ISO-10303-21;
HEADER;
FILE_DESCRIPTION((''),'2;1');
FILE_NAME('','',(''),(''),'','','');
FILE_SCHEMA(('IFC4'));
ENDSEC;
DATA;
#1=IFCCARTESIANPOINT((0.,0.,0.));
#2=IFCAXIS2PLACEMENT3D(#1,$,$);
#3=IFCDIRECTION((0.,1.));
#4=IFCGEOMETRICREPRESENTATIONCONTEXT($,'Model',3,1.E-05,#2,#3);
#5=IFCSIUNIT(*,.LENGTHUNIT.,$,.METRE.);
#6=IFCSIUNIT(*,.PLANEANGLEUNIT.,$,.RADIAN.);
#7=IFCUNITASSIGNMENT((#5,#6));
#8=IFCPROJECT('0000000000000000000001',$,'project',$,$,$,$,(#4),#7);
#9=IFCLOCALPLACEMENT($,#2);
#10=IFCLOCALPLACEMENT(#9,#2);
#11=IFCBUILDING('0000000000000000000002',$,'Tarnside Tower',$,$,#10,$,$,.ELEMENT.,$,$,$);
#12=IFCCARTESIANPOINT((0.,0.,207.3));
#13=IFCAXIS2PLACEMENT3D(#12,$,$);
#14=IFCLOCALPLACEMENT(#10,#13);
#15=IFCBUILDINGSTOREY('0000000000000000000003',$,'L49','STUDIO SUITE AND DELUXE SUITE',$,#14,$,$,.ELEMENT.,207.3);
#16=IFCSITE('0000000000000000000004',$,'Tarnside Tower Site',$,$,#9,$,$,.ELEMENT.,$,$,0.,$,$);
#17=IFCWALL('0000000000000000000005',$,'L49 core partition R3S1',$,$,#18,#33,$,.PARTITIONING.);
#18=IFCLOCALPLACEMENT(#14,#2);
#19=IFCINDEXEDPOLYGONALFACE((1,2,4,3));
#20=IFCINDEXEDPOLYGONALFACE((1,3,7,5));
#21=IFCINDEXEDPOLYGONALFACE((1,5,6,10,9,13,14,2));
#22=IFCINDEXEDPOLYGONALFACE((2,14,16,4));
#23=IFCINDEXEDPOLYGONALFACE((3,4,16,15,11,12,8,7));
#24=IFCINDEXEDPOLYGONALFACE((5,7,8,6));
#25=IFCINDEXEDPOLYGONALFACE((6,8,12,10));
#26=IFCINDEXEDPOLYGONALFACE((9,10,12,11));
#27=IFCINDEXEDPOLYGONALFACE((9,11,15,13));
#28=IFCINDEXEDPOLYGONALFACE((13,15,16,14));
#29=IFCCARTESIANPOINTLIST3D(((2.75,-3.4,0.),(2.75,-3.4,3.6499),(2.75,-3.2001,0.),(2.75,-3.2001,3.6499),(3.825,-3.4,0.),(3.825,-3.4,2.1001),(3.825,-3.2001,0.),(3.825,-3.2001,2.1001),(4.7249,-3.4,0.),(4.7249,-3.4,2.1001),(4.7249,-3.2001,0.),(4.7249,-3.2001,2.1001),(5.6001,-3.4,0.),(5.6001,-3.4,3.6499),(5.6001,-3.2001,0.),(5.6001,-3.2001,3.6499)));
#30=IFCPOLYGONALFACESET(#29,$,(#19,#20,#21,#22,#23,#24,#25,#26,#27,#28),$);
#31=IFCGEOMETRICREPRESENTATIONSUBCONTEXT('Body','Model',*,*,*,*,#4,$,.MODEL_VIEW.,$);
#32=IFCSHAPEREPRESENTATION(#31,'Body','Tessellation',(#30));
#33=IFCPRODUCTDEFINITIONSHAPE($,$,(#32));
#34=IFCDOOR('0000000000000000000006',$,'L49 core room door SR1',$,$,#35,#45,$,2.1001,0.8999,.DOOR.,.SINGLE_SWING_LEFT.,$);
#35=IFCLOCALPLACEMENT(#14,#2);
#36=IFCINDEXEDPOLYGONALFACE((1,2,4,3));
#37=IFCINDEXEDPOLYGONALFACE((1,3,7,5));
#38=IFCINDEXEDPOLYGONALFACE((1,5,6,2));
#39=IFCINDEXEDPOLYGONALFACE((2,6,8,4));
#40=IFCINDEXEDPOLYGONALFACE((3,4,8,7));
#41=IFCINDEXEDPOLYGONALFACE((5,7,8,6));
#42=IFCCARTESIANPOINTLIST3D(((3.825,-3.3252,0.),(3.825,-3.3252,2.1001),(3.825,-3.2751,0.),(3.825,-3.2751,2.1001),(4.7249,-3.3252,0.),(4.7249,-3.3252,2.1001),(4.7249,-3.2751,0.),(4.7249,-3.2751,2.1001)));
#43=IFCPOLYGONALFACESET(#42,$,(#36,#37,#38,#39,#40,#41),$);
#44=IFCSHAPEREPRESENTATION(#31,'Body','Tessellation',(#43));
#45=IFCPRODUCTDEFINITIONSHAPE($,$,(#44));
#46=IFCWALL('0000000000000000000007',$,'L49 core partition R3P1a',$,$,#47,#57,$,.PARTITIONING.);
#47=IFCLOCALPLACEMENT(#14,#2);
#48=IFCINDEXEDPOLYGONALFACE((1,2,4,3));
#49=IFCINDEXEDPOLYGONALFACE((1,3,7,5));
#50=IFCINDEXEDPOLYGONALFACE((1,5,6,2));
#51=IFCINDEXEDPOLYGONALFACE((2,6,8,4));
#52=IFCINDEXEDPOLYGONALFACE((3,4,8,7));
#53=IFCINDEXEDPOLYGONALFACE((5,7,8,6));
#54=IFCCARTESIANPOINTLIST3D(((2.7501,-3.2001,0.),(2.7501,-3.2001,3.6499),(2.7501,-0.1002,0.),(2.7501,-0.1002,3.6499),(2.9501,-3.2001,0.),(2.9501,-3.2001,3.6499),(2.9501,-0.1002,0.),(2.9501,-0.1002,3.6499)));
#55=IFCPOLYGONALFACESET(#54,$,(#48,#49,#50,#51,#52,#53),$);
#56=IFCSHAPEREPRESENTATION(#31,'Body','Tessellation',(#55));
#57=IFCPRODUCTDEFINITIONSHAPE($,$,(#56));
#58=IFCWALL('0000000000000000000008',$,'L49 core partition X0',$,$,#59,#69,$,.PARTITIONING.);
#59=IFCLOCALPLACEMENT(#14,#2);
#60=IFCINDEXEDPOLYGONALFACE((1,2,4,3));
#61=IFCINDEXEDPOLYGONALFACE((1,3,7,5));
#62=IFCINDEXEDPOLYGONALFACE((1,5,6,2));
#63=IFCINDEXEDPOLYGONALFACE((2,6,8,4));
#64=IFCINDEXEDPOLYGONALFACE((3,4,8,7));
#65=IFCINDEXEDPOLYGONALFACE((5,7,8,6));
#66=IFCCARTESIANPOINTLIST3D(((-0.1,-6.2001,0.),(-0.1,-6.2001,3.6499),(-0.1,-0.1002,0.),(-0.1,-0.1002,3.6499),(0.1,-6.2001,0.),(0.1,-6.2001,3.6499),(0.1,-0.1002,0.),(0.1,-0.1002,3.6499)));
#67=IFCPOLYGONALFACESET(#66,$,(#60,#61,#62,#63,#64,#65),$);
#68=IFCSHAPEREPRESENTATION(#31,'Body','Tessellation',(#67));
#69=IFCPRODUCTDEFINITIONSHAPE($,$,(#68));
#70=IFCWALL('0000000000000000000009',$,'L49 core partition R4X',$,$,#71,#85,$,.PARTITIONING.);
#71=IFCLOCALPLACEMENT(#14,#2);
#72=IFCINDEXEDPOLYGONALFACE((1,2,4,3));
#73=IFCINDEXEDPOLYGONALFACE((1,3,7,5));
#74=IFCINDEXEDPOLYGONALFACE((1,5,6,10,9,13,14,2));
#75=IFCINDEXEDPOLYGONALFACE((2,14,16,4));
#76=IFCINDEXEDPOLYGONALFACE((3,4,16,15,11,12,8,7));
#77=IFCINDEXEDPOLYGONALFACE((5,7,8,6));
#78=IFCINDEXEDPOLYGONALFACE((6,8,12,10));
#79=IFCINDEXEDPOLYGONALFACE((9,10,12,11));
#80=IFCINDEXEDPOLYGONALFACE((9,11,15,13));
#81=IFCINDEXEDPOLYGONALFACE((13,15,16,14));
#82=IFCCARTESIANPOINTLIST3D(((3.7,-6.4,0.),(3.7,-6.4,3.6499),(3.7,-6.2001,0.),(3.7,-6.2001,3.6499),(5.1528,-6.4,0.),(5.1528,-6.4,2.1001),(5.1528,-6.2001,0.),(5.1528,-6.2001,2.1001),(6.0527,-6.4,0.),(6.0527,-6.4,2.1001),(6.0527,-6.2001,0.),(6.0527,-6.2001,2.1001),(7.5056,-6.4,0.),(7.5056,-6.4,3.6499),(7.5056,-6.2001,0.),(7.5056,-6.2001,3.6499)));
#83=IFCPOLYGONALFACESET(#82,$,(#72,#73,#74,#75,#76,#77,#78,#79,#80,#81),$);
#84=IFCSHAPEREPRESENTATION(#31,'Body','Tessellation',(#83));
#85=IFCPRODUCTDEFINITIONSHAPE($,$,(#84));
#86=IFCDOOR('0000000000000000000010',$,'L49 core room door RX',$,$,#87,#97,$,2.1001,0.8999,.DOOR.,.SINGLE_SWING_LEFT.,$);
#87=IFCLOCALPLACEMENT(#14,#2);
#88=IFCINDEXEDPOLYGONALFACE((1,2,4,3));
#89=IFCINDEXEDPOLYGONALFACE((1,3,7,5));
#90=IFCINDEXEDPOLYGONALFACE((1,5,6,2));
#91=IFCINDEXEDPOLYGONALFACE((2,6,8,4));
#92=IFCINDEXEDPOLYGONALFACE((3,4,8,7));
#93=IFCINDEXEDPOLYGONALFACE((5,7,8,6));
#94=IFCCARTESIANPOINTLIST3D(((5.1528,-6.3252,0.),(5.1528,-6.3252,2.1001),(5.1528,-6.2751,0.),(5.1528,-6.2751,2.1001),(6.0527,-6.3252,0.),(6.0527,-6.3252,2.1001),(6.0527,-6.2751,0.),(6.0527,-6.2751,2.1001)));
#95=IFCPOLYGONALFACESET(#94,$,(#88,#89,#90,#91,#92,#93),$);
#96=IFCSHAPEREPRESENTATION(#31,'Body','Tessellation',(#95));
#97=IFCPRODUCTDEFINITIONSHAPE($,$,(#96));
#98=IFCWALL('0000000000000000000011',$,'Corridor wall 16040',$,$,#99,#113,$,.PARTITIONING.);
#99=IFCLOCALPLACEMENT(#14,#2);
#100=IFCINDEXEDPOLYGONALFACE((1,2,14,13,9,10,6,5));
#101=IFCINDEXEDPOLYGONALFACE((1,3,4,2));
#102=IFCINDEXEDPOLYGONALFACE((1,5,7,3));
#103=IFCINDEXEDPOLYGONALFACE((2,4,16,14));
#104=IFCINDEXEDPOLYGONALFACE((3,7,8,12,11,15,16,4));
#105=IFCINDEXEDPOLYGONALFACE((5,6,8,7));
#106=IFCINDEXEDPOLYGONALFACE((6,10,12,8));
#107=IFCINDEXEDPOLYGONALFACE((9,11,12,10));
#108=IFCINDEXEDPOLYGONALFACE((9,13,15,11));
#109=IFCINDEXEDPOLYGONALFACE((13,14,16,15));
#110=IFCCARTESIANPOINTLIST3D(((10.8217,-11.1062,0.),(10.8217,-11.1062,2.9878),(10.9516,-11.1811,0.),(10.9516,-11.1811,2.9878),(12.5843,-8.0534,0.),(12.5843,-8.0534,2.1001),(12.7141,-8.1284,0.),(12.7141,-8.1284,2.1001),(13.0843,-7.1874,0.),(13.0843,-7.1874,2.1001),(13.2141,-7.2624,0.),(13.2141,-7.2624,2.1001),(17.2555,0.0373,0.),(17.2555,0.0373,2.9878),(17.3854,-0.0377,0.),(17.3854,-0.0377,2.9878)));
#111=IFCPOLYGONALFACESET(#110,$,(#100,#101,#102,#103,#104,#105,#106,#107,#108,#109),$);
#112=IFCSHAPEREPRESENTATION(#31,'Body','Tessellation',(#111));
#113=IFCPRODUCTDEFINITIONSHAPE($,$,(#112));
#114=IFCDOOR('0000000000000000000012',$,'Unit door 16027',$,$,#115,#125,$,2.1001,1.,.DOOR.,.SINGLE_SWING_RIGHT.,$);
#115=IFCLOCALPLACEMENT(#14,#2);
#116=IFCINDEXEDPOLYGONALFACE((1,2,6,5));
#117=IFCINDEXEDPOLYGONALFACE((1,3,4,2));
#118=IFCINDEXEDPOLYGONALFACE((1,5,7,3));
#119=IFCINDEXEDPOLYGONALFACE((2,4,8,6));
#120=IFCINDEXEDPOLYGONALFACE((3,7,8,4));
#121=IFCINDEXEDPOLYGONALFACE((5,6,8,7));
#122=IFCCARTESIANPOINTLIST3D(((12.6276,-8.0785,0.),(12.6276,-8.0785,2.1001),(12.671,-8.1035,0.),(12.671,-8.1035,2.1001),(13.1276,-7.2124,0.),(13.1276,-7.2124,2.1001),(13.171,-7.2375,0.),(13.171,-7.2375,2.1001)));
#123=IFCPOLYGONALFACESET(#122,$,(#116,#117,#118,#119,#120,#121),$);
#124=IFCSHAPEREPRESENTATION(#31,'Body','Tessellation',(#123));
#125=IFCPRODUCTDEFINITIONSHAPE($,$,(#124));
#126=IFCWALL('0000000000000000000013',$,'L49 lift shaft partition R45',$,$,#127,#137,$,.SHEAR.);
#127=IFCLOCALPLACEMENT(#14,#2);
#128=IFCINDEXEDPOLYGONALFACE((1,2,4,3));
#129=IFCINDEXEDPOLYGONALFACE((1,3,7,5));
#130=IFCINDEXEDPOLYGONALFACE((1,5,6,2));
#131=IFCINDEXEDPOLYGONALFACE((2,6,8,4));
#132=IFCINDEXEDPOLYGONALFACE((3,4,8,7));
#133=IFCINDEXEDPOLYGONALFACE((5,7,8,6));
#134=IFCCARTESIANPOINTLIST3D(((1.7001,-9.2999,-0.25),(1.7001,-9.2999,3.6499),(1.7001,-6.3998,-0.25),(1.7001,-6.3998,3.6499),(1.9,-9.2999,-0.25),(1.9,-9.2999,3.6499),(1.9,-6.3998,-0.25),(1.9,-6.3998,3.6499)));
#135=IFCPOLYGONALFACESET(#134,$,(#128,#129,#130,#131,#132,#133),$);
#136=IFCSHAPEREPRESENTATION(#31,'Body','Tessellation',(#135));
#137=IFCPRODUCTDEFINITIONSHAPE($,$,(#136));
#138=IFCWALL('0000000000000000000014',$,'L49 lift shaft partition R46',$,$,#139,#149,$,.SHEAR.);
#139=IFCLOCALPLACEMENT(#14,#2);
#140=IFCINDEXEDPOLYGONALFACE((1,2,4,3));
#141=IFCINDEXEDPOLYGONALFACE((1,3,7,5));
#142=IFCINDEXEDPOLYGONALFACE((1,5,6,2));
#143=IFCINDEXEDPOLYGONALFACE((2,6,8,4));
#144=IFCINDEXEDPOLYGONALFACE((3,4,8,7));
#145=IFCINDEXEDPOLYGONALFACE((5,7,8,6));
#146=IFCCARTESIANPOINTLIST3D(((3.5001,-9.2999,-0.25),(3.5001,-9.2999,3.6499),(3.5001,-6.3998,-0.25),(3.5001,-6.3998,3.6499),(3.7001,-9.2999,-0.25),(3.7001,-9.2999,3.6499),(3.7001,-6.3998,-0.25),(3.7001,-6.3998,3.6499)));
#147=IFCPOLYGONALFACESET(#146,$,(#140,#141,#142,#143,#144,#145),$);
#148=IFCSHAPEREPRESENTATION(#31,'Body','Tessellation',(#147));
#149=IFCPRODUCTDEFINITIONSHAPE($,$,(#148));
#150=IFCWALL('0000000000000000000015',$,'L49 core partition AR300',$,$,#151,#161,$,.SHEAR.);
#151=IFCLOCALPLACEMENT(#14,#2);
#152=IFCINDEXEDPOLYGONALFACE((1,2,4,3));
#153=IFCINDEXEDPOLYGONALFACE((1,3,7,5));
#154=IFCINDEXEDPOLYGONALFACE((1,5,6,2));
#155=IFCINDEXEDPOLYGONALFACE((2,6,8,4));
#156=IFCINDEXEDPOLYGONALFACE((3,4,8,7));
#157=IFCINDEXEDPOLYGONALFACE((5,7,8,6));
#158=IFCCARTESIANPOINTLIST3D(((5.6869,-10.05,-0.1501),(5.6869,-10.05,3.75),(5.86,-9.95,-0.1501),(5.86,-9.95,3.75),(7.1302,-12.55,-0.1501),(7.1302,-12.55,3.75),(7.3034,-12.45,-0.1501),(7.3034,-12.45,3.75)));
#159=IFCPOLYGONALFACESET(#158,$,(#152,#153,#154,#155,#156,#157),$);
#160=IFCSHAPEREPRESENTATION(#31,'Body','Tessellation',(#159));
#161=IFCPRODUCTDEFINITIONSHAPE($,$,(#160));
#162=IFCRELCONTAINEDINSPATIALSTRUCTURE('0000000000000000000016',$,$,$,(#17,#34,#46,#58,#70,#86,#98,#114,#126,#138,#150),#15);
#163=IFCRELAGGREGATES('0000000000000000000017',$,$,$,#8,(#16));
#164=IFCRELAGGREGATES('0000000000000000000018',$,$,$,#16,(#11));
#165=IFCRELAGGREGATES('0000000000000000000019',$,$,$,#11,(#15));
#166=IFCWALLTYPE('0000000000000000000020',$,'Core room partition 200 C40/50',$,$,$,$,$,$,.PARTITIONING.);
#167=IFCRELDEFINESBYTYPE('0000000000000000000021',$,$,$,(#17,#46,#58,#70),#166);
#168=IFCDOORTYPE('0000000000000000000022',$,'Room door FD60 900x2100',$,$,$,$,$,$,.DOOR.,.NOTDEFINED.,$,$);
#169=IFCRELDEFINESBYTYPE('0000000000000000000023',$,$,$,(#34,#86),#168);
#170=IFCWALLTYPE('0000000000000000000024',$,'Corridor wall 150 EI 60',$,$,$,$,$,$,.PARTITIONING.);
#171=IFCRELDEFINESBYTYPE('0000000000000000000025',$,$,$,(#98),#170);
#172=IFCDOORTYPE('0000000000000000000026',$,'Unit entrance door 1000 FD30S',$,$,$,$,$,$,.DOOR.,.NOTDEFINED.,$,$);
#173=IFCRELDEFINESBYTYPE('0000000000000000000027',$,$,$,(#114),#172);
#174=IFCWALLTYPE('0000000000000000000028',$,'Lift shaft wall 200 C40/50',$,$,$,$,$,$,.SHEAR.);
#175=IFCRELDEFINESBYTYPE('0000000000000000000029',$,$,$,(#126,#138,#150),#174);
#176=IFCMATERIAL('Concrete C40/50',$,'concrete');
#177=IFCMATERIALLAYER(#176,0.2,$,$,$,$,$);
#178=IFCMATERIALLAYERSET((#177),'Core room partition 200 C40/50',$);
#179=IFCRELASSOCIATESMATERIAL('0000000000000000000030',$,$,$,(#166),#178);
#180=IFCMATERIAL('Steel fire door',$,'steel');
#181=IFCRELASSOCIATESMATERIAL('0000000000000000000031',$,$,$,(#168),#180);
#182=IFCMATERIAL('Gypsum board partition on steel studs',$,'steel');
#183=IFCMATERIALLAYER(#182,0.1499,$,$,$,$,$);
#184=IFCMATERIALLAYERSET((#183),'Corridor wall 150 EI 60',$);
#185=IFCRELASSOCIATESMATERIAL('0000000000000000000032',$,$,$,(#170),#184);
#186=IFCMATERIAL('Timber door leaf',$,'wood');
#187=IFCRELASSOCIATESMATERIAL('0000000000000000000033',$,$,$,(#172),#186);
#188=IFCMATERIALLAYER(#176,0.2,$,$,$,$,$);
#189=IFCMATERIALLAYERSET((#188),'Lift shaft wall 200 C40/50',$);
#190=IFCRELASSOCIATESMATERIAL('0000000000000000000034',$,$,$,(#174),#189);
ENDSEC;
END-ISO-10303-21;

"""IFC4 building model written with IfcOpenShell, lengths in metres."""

from ifc_helpers import new_model, si_unit, direction, frame, frame_2d, origin, place, context, subcontext, project, spatial, rectangle, extrude, material, layer, layer_set, type_object, element, fill, save


model = new_model("IFC4")

# Units and contexts
model_context = context("Model", 3, precision=1e-05, world=origin(), true_north=direction((0.0, 1.0)))
body_context = subcontext(model_context, "Body", "Model", "MODEL_VIEW")
ifc_project = project(units=[si_unit("LENGTHUNIT", "METRE"), si_unit("PLANEANGLEUNIT", "RADIAN")], contexts=[model_context])

# Site, building, storey
site_placement = place(None, origin())
site = spatial("IfcSite", under=ifc_project, at=site_placement, Name="Tarnside Tower Site", CompositionType="ELEMENT", RefElevation=0.0)
building_placement = place(site_placement, origin())
building = spatial("IfcBuilding", under=site, at=building_placement, Name="Tarnside Tower", CompositionType="ELEMENT")
storey_placement = place(building_placement, frame((0.0, 0.0, 207.3)))
storey = spatial("IfcBuildingStorey", under=building, at=storey_placement, Name="L49", Description="STUDIO SUITE AND DELUXE SUITE", CompositionType="ELEMENT", Elevation=207.3)

# Shared definitions
ifc_material_1 = material(Name="Concrete C40/50", Category="concrete")

# Wall, opening, door
ifc_material_2 = material(Name="Steel fire door", Category="steel")
ifc_layer_1 = layer(ifc_material_1, 0.2)
ifc_layer_set_1 = layer_set([ifc_layer_1], Name="Core room partition 200 C40/50")
wall_type_1 = type_object("IfcWallType", Name="Core room partition 200 C40/50", PredefinedType="PARTITIONING", material=ifc_layer_set_1)
wall_1_placement = place(storey_placement, frame((2.75, -3.3, 0.0), z_axis=(0.0, 0.0, 1.0), x_axis=(1.0, 0.0, 0.0)))
wall_1 = element("IfcWall", 1, at=wall_1_placement, inside=storey, type_object=wall_type_1, Name="L49 core partition R3S1", PredefinedType="PARTITIONING", context=body_context, shape_type="SweptSolid", body=[
    extrude(rectangle(XDim=2.8501, YDim=0.2, at=frame_2d((1.425, 0.0))), origin(), (0.0, 0.0, 1.0), 3.6499),
])
opening_1_placement = place(wall_1_placement, frame((1.075, 0.0, 0.0)))
opening_1 = element("IfcOpeningElement", 2, at=opening_1_placement, cuts=wall_1, PredefinedType="OPENING", context=body_context, shape_type="SweptSolid", body=[
    extrude(rectangle(XDim=0.8999, YDim=2.1001, at=frame_2d((0.45, 1.05))), frame((0.0, 0.1099, 0.0), z_axis=(0.0, -1.0, 0.0), x_axis=(1.0, 0.0, 0.0)), (0.0, 0.0, 1.0), 0.22),
])
door_type_1 = type_object("IfcDoorType", Name="Room door FD60 900x2100", OperationType="NOTDEFINED", PredefinedType="DOOR", material=ifc_material_2)
door_1_placement = place(opening_1_placement, origin())
door_1 = element("IfcDoor", 3, at=door_1_placement, inside=storey, type_object=door_type_1, Name="L49 core room door SR1", OperationType="SINGLE_SWING_LEFT", OverallHeight=2.1001, OverallWidth=0.8999, PredefinedType="DOOR", context=body_context, shape_type="SweptSolid", body=[
    extrude(rectangle(XDim=0.8999, YDim=2.1001, at=frame_2d((0.45, 1.05))), frame((0.0, 0.0249, 0.0), z_axis=(0.0, -1.0, 0.0), x_axis=(1.0, 0.0, 0.0)), (0.0, 0.0, 1.0), 0.05),
])
fill(opening_1, door_1)

# Walls
wall_2_placement = place(storey_placement, frame((2.8501, -3.2, 0.0), z_axis=(0.0, 0.0, 1.0), x_axis=(0.0, 1.0, 0.0)))
element("IfcWall", 4, at=wall_2_placement, inside=storey, type_object=wall_type_1, Name="L49 core partition R3P1a", PredefinedType="PARTITIONING", context=body_context, shape_type="SweptSolid", body=[
    extrude(rectangle(XDim=3.0999, YDim=0.2, at=frame_2d((1.5498, 0.0))), origin(), (0.0, 0.0, 1.0), 3.6499),
])
wall_3_placement = place(storey_placement, frame((0.0, -6.2, 0.0), z_axis=(0.0, 0.0, 1.0), x_axis=(0.0, 1.0, 0.0)))
element("IfcWall", 5, at=wall_3_placement, inside=storey, type_object=wall_type_1, Name="L49 core partition X0", PredefinedType="PARTITIONING", context=body_context, shape_type="SweptSolid", body=[
    extrude(rectangle(XDim=6.0999, YDim=0.2, at=frame_2d((3.0498, 0.0))), origin(), (0.0, 0.0, 1.0), 3.6499),
])

# Walls, openings, doors
wall_4_placement = place(storey_placement, frame((3.7, -6.3, 0.0), z_axis=(0.0, 0.0, 1.0), x_axis=(1.0, 0.0, 0.0)))
wall_4 = element("IfcWall", 6, at=wall_4_placement, inside=storey, type_object=wall_type_1, Name="L49 core partition R4X", PredefinedType="PARTITIONING", context=body_context, shape_type="SweptSolid", body=[
    extrude(rectangle(XDim=3.8057, YDim=0.2, at=frame_2d((1.9028, 0.0))), origin(), (0.0, 0.0, 1.0), 3.6499),
])
opening_2_placement = place(wall_4_placement, frame((1.4529, 0.0, 0.0)))
opening_2 = element("IfcOpeningElement", 7, at=opening_2_placement, cuts=wall_4, PredefinedType="OPENING", context=body_context, shape_type="SweptSolid", body=[
    extrude(rectangle(XDim=0.8999, YDim=2.1001, at=frame_2d((0.45, 1.05))), frame((0.0, 0.1099, 0.0), z_axis=(0.0, -1.0, 0.0), x_axis=(1.0, 0.0, 0.0)), (0.0, 0.0, 1.0), 0.22),
])
door_2_placement = place(opening_2_placement, origin())
door_2 = element("IfcDoor", 8, at=door_2_placement, inside=storey, type_object=door_type_1, Name="L49 core room door RX", OperationType="SINGLE_SWING_LEFT", OverallHeight=2.1001, OverallWidth=0.8999, PredefinedType="DOOR", context=body_context, shape_type="SweptSolid", body=[
    extrude(rectangle(XDim=0.8999, YDim=2.1001, at=frame_2d((0.45, 1.05))), frame((0.0, 0.0249, 0.0), z_axis=(0.0, -1.0, 0.0), x_axis=(1.0, 0.0, 0.0)), (0.0, 0.0, 1.0), 0.05),
])
fill(opening_2, door_2)
ifc_material_3 = material(Name="Gypsum board partition on steel studs", Category="steel")
ifc_layer_2 = layer(ifc_material_3, 0.1499)
ifc_layer_set_2 = layer_set([ifc_layer_2], Name="Corridor wall 150 EI 60")
wall_type_2 = type_object("IfcWallType", Name="Corridor wall 150 EI 60", PredefinedType="PARTITIONING", material=ifc_layer_set_2)
wall_5_placement = place(storey_placement, frame((10.8867, -11.1436, 0.0), z_axis=(0.0, 0.0, 1.0), x_axis=(0.500006, 0.866022, 0.0)))
wall_5 = element("IfcWall", 9, at=wall_5_placement, inside=storey, type_object=wall_type_2, Name="Corridor wall 16040", PredefinedType="PARTITIONING", context=body_context, shape_type="SweptSolid", body=[
    extrude(rectangle(XDim=12.8674, YDim=0.1499, at=frame_2d((6.4336, 0.0))), origin(), (0.0, 0.0, 1.0), 2.9878),
])
opening_3_placement = place(wall_5_placement, frame((3.5249, 0.0, 0.0)))
opening_3 = element("IfcOpeningElement", 10, at=opening_3_placement, cuts=wall_5, PredefinedType="OPENING", context=body_context, shape_type="SweptSolid", body=[
    extrude(rectangle(XDim=1.0, YDim=2.1001, at=frame_2d((0.5, 1.05))), frame((0.0, 0.085, 0.0), z_axis=(0.0, -1.0, 0.0), x_axis=(1.0, 0.0, 0.0)), (0.0, 0.0, 1.0), 0.1699),
])
ifc_material_4 = material(Name="Timber door leaf", Category="wood")
door_type_2 = type_object("IfcDoorType", Name="Unit entrance door 1000 FD30S", OperationType="NOTDEFINED", PredefinedType="DOOR", material=ifc_material_4)
door_3_placement = place(opening_3_placement, origin())
door_3 = element("IfcDoor", 11, at=door_3_placement, inside=storey, type_object=door_type_2, Name="Unit door 16027", OperationType="SINGLE_SWING_RIGHT", OverallHeight=2.1001, OverallWidth=1.0, PredefinedType="DOOR", context=body_context, shape_type="SweptSolid", body=[
    extrude(rectangle(XDim=1.0, YDim=2.1001, at=frame_2d((0.5, 1.05))), frame((0.0, 0.0249, 0.0), z_axis=(0.0, -1.0, 0.0), x_axis=(1.0, 0.0, 0.0)), (0.0, 0.0, 1.0), 0.05),
])
fill(opening_3, door_3)

# Walls
ifc_layer_3 = layer(ifc_material_1, 0.2)
ifc_layer_set_3 = layer_set([ifc_layer_3], Name="Lift shaft wall 200 C40/50")
wall_type_3 = type_object("IfcWallType", Name="Lift shaft wall 200 C40/50", PredefinedType="SHEAR", material=ifc_layer_set_3)
for number, where, z_axis, x_axis, name in (
    (12, (1.8, -9.3, -0.25), (0.0, 0.0, 1.0), (0.0, 1.0, 0.0), "L49 lift shaft partition R45"),
    (13, (3.6001, -9.3, -0.25), (0.0, 0.0, 1.0), (0.0, 1.0, 0.0), "L49 lift shaft partition R46"),
):
    element("IfcWall", number, at=place(storey_placement, frame(where, z_axis=z_axis, x_axis=x_axis)), inside=storey, type_object=wall_type_3, Name=name, PredefinedType="SHEAR", context=body_context, shape_type="SweptSolid", body=[
        extrude(rectangle(XDim=2.9001, YDim=0.2, at=frame_2d((1.4502, 0.0))), origin(), (0.0, 0.0, 1.0), 3.8999),
    ])
wall_6_placement = place(storey_placement, frame((5.7734, -10.0, -0.1501), z_axis=(0.0, 0.0, 1.0), x_axis=(0.499996, -0.866028, 0.0)))
element("IfcWall", 14, at=wall_6_placement, inside=storey, type_object=wall_type_3, Name="L49 core partition AR300", PredefinedType="SHEAR", context=body_context, shape_type="SweptSolid", body=[
    extrude(rectangle(XDim=2.8867, YDim=0.2, at=frame_2d((1.4434, 0.0))), origin(), (0.0, 0.0, 1.0), 3.9001),
])

save(model, "model.ifc")
